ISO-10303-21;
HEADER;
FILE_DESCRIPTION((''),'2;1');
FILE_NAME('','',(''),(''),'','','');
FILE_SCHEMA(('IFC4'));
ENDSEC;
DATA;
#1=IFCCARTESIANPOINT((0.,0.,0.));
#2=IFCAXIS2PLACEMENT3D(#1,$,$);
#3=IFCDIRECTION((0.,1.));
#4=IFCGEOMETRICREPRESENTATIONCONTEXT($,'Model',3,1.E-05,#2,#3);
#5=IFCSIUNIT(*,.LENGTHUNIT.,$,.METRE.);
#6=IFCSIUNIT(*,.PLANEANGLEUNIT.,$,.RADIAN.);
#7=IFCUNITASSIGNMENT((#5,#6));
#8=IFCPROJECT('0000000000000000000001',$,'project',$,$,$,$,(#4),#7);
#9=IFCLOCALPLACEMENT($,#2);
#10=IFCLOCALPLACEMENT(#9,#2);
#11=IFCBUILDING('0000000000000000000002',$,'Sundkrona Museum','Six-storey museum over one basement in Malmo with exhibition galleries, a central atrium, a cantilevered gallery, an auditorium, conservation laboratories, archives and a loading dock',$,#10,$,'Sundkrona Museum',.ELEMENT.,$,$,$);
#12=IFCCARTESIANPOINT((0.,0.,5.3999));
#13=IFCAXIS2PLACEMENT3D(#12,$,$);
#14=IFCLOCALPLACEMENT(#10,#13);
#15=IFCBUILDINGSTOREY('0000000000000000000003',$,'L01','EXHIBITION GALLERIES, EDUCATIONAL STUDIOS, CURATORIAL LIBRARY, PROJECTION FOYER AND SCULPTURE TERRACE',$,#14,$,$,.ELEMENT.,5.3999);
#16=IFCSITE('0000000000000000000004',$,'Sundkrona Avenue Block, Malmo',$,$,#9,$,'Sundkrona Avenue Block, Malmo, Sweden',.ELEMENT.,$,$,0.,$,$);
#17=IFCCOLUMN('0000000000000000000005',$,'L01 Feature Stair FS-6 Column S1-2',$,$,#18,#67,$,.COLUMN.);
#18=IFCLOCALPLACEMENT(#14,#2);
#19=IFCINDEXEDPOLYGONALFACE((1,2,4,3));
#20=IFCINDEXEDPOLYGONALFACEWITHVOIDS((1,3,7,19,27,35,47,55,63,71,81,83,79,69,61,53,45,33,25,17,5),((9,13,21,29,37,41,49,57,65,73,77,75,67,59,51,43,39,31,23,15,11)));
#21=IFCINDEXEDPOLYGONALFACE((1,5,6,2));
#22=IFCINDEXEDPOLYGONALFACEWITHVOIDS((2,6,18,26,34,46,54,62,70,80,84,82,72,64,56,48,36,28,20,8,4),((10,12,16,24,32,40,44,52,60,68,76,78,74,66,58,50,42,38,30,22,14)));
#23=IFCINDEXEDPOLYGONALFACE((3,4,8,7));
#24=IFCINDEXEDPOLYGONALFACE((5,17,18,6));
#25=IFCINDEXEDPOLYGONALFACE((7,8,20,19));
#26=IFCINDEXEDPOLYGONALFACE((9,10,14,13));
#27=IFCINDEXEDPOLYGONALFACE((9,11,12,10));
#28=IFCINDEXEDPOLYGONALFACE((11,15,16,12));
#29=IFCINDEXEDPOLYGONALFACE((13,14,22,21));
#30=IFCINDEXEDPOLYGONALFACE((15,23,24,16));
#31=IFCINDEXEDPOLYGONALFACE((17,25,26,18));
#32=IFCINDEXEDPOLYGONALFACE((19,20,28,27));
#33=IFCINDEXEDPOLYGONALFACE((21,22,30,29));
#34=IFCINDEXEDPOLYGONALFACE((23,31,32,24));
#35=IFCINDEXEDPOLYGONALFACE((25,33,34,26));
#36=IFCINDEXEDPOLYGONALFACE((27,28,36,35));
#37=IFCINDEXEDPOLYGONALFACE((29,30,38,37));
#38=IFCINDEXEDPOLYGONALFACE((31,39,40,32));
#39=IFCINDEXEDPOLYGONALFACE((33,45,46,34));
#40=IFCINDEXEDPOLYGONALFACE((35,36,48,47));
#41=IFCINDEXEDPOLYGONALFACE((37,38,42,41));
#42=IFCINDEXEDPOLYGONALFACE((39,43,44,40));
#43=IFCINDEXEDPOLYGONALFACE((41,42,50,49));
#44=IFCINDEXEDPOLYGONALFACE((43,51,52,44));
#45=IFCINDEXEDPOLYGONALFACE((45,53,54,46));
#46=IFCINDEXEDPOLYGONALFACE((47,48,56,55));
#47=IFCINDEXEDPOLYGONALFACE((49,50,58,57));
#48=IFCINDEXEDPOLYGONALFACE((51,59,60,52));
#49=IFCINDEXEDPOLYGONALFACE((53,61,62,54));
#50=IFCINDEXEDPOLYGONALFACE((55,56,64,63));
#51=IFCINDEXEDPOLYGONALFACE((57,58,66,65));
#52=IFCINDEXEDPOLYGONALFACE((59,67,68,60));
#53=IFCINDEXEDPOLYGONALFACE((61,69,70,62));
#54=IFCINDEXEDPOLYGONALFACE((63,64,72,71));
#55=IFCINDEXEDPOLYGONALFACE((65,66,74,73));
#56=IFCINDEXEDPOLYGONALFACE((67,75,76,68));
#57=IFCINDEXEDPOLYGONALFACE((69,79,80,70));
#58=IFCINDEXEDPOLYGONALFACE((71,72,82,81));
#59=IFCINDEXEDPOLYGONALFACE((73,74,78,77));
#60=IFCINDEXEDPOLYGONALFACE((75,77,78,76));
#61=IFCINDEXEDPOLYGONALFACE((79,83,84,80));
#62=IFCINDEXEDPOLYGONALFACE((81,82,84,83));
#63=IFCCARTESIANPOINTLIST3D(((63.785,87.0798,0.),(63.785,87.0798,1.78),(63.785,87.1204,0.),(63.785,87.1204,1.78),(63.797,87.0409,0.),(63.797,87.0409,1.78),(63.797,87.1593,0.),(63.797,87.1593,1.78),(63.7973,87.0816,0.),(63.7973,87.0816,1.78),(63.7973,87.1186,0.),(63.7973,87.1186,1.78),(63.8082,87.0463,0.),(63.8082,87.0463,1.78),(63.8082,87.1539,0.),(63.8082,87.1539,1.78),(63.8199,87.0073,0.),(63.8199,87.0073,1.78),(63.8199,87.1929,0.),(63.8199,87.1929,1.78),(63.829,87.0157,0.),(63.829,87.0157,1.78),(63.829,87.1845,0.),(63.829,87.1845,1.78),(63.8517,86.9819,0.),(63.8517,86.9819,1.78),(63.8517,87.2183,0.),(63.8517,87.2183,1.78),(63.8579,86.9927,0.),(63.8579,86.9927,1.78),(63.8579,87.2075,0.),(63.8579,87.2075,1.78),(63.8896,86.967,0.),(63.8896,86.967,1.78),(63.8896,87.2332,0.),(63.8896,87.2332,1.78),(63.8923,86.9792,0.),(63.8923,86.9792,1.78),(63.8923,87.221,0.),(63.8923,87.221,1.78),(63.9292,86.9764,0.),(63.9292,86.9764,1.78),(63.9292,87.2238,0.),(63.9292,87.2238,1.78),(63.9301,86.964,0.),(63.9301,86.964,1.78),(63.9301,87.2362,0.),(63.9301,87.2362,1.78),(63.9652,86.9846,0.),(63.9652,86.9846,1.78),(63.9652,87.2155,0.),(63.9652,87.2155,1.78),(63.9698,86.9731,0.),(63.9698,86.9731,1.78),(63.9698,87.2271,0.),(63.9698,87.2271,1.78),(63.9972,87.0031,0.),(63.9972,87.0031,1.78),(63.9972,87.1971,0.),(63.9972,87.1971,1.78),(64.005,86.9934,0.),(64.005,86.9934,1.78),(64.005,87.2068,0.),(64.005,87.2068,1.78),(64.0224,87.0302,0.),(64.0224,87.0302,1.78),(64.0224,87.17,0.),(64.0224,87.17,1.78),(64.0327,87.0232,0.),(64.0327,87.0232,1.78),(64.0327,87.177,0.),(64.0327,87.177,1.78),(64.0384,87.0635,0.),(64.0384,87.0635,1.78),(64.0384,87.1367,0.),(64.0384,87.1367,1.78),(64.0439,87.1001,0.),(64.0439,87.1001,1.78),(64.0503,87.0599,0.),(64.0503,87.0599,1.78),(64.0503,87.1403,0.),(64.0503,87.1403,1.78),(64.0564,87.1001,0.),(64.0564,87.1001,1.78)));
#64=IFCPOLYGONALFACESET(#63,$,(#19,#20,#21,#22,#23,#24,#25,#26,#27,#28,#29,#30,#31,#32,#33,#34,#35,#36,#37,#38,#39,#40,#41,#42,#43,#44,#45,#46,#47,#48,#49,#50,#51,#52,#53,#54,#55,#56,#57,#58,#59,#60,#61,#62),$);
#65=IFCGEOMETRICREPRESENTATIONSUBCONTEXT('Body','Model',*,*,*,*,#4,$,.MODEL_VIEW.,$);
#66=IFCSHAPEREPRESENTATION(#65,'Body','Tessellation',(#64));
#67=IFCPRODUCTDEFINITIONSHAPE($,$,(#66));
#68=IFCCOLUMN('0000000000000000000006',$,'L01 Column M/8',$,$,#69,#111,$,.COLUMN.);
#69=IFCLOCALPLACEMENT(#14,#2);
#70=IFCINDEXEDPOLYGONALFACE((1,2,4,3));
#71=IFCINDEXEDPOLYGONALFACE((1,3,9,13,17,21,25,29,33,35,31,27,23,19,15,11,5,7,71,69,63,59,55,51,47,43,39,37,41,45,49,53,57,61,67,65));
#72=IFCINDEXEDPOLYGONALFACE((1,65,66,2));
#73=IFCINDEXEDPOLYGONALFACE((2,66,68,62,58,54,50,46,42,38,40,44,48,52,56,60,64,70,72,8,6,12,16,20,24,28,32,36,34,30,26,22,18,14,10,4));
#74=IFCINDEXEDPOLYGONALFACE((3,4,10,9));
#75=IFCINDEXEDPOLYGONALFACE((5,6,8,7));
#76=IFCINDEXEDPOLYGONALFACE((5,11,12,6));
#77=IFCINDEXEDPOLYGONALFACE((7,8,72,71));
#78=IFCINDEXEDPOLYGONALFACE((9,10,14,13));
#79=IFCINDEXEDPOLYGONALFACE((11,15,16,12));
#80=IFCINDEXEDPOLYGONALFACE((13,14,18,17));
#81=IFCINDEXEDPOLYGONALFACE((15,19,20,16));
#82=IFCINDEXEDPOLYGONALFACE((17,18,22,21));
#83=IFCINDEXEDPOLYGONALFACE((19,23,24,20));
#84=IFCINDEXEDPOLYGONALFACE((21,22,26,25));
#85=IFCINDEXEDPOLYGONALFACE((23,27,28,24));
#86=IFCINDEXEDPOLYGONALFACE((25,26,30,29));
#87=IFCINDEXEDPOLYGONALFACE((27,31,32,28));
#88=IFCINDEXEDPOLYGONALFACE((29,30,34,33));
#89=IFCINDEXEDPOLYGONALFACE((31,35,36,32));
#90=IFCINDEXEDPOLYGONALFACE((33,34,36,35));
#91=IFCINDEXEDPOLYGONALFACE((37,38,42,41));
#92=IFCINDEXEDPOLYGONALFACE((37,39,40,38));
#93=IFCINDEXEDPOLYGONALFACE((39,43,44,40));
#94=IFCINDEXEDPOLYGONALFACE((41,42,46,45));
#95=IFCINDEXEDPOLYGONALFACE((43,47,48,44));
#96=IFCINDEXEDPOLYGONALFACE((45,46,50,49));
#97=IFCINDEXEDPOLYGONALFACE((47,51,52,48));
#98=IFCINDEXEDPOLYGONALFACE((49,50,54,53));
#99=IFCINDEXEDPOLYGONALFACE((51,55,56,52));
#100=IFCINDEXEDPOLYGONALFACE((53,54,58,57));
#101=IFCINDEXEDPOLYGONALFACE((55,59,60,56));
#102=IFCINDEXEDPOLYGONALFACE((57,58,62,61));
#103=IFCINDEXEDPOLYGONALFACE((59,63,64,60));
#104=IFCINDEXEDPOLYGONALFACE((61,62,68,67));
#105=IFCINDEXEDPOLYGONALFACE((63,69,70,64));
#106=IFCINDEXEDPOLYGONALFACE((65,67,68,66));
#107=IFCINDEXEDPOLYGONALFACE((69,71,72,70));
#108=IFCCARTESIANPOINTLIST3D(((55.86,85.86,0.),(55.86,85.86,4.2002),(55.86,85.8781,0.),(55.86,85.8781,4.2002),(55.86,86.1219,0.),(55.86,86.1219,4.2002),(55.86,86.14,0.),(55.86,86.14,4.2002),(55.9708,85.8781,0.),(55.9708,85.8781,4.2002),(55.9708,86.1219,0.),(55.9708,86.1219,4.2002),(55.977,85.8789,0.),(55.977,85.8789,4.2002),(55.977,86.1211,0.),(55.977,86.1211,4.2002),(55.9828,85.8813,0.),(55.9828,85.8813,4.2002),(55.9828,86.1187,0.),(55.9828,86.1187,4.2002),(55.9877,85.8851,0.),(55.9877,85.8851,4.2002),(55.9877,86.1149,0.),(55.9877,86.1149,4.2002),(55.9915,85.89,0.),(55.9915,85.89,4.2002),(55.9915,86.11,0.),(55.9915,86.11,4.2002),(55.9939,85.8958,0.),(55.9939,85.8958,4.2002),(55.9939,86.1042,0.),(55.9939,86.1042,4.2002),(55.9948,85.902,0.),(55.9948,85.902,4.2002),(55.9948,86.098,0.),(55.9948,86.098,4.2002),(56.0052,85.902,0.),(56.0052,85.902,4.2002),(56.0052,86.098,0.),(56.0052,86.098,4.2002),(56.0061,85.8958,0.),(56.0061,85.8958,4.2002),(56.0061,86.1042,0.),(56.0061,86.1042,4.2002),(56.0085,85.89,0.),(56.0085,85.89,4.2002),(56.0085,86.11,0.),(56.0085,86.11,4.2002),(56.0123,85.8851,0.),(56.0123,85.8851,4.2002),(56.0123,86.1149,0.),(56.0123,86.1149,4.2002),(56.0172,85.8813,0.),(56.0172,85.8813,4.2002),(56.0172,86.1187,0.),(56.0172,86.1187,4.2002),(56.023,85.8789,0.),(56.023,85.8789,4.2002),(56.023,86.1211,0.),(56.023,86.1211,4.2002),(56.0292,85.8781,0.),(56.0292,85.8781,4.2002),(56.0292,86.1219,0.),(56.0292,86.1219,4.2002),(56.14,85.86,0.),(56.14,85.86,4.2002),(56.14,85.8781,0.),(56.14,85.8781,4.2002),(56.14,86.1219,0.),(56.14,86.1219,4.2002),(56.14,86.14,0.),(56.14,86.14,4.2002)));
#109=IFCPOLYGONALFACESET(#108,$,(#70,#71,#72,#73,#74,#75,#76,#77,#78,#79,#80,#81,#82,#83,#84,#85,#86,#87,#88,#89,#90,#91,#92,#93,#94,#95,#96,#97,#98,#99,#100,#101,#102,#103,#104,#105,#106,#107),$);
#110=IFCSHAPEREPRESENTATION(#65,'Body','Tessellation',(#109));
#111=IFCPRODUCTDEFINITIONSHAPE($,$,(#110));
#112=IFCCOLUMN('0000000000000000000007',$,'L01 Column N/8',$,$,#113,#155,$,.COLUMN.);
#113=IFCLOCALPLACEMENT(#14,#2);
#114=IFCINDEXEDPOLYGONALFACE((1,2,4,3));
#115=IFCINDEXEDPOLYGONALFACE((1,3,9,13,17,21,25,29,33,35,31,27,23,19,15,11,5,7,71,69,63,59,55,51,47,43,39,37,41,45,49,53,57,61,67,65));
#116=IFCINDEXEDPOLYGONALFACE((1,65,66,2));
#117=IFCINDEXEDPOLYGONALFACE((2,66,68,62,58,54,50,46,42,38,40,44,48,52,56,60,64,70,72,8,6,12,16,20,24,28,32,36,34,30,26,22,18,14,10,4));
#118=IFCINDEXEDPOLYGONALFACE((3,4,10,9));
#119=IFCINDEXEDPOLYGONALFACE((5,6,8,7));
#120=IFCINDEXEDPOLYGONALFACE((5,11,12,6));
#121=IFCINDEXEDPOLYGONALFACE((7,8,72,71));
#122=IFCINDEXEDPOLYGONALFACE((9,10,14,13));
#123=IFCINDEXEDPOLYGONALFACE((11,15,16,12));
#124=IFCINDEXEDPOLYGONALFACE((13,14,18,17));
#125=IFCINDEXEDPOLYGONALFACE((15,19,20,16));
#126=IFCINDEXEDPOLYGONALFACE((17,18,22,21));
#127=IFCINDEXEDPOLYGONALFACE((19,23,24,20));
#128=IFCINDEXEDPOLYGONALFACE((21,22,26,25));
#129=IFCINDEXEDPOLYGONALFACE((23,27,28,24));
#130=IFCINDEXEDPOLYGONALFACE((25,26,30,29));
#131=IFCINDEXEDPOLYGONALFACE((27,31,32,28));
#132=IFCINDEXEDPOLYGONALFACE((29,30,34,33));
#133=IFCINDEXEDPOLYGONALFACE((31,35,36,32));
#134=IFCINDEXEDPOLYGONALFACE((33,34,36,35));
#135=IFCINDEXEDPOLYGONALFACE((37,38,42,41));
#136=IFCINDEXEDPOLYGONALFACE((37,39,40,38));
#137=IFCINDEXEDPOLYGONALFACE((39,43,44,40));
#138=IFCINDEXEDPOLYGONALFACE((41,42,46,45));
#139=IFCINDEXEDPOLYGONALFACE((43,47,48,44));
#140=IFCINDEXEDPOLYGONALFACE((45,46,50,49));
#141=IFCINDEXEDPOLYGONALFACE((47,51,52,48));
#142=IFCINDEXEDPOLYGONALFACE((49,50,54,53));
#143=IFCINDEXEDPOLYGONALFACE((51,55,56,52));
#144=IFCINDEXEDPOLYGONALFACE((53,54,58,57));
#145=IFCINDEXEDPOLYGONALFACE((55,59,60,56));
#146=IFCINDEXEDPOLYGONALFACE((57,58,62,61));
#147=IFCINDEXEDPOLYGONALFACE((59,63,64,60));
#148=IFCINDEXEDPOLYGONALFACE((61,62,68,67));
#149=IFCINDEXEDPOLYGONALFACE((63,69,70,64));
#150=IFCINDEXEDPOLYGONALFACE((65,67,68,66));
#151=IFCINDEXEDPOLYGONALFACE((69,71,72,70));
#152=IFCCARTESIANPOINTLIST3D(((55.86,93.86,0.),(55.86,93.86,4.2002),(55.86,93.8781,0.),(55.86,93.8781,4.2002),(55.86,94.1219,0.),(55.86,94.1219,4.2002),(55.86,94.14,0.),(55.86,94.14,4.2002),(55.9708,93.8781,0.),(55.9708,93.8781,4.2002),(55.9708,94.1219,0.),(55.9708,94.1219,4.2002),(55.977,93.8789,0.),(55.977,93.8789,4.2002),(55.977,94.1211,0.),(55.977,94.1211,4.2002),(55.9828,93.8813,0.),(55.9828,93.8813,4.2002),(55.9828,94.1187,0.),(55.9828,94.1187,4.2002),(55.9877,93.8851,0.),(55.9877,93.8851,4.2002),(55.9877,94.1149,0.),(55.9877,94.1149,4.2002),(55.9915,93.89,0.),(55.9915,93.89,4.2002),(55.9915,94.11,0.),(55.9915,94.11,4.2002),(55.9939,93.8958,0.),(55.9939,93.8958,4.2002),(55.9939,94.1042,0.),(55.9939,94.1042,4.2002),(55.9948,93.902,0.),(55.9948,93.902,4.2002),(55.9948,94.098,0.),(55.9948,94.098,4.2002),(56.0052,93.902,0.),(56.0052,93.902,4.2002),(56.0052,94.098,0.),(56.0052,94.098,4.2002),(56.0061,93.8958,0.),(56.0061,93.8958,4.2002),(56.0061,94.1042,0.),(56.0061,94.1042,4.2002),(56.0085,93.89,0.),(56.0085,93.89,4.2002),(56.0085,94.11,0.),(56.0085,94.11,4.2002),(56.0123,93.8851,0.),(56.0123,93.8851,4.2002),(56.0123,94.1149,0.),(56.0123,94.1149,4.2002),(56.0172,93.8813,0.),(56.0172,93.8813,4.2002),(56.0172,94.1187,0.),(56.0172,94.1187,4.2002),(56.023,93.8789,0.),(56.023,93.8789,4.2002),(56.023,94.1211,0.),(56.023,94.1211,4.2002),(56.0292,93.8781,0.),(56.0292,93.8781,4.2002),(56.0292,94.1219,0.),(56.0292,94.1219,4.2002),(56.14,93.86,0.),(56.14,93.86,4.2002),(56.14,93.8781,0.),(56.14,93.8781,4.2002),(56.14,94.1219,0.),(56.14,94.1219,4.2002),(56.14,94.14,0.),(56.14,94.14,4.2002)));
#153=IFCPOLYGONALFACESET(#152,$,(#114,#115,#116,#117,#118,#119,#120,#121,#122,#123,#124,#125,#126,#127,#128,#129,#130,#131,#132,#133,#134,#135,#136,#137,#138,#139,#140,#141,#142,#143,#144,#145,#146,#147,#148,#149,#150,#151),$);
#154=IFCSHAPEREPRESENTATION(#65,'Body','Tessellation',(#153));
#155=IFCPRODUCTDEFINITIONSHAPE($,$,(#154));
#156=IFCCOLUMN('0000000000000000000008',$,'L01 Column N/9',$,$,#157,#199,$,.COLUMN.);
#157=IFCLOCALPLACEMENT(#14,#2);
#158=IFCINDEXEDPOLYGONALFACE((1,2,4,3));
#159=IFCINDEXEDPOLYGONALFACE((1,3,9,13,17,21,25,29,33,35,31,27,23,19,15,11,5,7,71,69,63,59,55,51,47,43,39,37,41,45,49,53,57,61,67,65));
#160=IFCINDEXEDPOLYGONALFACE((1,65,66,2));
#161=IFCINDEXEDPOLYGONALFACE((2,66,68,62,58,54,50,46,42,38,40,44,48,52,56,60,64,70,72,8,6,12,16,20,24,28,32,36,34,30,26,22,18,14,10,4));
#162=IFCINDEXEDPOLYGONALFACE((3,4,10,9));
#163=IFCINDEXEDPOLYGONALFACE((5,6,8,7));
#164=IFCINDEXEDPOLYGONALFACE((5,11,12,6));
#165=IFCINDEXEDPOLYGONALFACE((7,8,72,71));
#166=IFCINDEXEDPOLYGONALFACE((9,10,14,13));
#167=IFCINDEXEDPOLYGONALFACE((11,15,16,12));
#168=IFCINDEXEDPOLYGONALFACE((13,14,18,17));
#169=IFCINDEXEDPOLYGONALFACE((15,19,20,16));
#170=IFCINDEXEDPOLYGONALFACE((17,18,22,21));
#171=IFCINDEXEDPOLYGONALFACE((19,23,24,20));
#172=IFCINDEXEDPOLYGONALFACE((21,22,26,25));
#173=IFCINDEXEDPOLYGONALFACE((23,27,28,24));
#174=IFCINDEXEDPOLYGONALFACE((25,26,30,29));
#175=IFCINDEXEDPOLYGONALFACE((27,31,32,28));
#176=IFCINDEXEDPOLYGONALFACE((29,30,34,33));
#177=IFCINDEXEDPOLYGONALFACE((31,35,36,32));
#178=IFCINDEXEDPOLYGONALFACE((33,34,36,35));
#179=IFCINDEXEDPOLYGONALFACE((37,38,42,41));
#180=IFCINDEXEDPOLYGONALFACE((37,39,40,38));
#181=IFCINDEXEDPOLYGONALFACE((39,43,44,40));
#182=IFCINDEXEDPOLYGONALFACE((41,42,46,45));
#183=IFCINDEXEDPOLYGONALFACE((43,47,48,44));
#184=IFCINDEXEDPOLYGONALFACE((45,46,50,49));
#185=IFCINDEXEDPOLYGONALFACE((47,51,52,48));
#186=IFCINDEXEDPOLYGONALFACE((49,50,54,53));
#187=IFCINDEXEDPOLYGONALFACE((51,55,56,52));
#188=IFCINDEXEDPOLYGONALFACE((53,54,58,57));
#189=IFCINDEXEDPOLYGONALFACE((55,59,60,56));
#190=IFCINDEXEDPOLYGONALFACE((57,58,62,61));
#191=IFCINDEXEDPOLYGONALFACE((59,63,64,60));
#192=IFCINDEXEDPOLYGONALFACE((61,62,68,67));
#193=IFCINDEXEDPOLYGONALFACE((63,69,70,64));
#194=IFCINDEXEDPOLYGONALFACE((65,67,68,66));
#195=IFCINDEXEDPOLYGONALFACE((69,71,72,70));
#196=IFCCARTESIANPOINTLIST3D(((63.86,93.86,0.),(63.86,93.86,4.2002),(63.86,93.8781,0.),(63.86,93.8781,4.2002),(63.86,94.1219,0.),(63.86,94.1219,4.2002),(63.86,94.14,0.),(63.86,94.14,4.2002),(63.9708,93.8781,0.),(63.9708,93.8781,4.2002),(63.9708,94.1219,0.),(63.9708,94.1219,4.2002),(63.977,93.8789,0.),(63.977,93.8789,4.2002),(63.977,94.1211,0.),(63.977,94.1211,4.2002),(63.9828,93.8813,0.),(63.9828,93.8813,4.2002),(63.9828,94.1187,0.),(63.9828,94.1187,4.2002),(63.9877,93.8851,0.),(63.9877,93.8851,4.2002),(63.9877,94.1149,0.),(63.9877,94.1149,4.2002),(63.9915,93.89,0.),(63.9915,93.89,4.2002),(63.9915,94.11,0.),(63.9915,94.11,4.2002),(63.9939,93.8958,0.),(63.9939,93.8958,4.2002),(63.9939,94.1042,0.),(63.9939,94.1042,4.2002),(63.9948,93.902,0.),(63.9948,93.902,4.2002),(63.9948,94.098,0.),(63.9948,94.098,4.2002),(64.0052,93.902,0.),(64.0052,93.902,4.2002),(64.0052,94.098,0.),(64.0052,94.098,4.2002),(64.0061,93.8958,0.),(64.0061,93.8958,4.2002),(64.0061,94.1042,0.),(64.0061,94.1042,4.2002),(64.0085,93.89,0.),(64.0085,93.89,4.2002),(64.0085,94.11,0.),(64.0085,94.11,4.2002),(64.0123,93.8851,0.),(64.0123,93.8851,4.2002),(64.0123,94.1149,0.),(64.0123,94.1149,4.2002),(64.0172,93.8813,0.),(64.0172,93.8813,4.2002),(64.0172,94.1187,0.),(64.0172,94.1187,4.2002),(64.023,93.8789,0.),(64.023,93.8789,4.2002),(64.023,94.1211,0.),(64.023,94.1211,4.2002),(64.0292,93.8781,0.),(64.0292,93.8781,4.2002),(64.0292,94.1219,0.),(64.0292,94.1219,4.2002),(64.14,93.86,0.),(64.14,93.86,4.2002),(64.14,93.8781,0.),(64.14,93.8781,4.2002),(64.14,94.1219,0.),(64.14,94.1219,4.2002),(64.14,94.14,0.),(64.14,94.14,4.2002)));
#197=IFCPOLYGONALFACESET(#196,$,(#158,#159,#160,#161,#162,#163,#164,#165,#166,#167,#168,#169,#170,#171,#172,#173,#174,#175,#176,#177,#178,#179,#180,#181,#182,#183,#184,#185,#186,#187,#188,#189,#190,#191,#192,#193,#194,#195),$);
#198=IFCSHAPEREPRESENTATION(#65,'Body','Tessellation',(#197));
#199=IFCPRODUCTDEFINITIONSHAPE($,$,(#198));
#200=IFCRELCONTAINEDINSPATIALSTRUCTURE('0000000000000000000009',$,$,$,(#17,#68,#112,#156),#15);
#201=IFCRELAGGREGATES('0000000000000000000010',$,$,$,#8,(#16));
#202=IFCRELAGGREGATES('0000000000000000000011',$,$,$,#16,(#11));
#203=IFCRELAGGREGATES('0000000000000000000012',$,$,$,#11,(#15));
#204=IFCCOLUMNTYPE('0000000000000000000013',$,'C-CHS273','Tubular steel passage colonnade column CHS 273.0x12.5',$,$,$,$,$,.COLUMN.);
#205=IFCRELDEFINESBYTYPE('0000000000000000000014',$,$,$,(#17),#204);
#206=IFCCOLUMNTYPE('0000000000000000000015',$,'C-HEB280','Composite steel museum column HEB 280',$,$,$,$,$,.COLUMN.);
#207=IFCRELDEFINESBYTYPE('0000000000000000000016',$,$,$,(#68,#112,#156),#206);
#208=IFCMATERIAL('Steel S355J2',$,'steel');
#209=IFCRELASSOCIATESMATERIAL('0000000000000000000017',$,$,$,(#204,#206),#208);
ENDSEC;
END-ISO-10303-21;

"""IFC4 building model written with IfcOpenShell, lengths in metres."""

from ifc_helpers import new_model, si_unit, direction, frame, origin, origin_2d, place, context, subcontext, project, spatial, hollow_circle, i_section, extrude, material, material_profile, profile_set, type_object, element, save


model = new_model("IFC4")

# Units and contexts
model_context = context("Model", 3, precision=1e-05, world=origin(), true_north=direction((0.0, 1.0)))
body_context = subcontext(model_context, "Body", "Model", "MODEL_VIEW")
ifc_project = project(units=[si_unit("LENGTHUNIT", "METRE"), si_unit("PLANEANGLEUNIT", "RADIAN")], contexts=[model_context])

# Site, building, storey
site_placement = place(None, origin())
site = spatial("IfcSite", under=ifc_project, at=site_placement, Name="Sundkrona Avenue Block, Malmo", LongName="Sundkrona Avenue Block, Malmo, Sweden", CompositionType="ELEMENT", RefElevation=0.0)
building_placement = place(site_placement, origin())
building = spatial("IfcBuilding", under=site, at=building_placement, Name="Sundkrona Museum", Description="Six-storey museum over one basement in Malmo with exhibition galleries, a central atrium, a cantilevered gallery, an auditorium, conservation laboratories, archives and a loading dock", LongName="Sundkrona Museum", CompositionType="ELEMENT")
storey_placement = place(building_placement, frame((0.0, 0.0, 5.3999)))
storey = spatial("IfcBuildingStorey", under=building, at=storey_placement, Name="L01", Description="EXHIBITION GALLERIES, EDUCATIONAL STUDIOS, CURATORIAL LIBRARY, PROJECTION FOYER AND SCULPTURE TERRACE", CompositionType="ELEMENT", Elevation=5.3999)

# Columns
ifc_material_1 = material(Name="Steel S355J2", Category="steel")
ifc_material_profile_1 = material_profile(ifc_material_1, hollow_circle(Radius=0.1365, WallThickness=0.0125, at=origin_2d()), Name="CHS 273.0x12.5")
ifc_profile_set_1 = profile_set([ifc_material_profile_1], Name="Steel S355J2")
column_type_1 = type_object("IfcColumnType", Name="C-CHS273", Description="Tubular steel passage colonnade column CHS 273.0x12.5", PredefinedType="COLUMN", material=ifc_profile_set_1)
column_placement = place(storey_placement, frame((63.9199, 87.1001, 0.0), z_axis=(0.0, 0.0, 1.0), x_axis=(1.0, 0.0, 0.0)))
element("IfcColumn", 1, at=column_placement, inside=storey, type_object=column_type_1, Name="L01 Feature Stair FS-6 Column S1-2", PredefinedType="COLUMN", context=body_context, shape_type="SweptSolid", body=[
    extrude(hollow_circle(Radius=0.1365, WallThickness=0.0125, at=origin_2d()), origin(), (0.0, 0.0, 1.0), 1.78),
])
ifc_material_profile_2 = material_profile(ifc_material_1, i_section(OverallWidth=0.28, OverallDepth=0.28, WebThickness=0.0105, FlangeThickness=0.0181, FilletRadius=0.0239, at=origin_2d()), Name="HEB 280")
ifc_profile_set_2 = profile_set([ifc_material_profile_2], Name="Steel S355J2")
column_type_2 = type_object("IfcColumnType", Name="C-HEB280", Description="Composite steel museum column HEB 280", PredefinedType="COLUMN", material=ifc_profile_set_2)
for number, where, z_axis, x_axis, name in (
    (2, (56.0, 86.0, 0.0), (0.0, 0.0, 1.0), (1.0, 0.0, 0.0), "L01 Column M/8"),
    (3, (56.0, 94.0, 0.0), (0.0, 0.0, 1.0), (1.0, 0.0, 0.0), "L01 Column N/8"),
    (4, (64.0, 94.0, 0.0), (0.0, 0.0, 1.0), (1.0, 0.0, 0.0), "L01 Column N/9"),
):
    element("IfcColumn", number, at=place(storey_placement, frame(where, z_axis=z_axis, x_axis=x_axis)), inside=storey, type_object=column_type_2, Name=name, PredefinedType="COLUMN", context=body_context, shape_type="SweptSolid", body=[
        extrude(i_section(OverallWidth=0.28, OverallDepth=0.28, WebThickness=0.0105, FlangeThickness=0.0181, FilletRadius=0.0239, at=origin_2d()), origin(), (0.0, 0.0, 1.0), 4.2002),
    ])

save(model, "model.ifc")
